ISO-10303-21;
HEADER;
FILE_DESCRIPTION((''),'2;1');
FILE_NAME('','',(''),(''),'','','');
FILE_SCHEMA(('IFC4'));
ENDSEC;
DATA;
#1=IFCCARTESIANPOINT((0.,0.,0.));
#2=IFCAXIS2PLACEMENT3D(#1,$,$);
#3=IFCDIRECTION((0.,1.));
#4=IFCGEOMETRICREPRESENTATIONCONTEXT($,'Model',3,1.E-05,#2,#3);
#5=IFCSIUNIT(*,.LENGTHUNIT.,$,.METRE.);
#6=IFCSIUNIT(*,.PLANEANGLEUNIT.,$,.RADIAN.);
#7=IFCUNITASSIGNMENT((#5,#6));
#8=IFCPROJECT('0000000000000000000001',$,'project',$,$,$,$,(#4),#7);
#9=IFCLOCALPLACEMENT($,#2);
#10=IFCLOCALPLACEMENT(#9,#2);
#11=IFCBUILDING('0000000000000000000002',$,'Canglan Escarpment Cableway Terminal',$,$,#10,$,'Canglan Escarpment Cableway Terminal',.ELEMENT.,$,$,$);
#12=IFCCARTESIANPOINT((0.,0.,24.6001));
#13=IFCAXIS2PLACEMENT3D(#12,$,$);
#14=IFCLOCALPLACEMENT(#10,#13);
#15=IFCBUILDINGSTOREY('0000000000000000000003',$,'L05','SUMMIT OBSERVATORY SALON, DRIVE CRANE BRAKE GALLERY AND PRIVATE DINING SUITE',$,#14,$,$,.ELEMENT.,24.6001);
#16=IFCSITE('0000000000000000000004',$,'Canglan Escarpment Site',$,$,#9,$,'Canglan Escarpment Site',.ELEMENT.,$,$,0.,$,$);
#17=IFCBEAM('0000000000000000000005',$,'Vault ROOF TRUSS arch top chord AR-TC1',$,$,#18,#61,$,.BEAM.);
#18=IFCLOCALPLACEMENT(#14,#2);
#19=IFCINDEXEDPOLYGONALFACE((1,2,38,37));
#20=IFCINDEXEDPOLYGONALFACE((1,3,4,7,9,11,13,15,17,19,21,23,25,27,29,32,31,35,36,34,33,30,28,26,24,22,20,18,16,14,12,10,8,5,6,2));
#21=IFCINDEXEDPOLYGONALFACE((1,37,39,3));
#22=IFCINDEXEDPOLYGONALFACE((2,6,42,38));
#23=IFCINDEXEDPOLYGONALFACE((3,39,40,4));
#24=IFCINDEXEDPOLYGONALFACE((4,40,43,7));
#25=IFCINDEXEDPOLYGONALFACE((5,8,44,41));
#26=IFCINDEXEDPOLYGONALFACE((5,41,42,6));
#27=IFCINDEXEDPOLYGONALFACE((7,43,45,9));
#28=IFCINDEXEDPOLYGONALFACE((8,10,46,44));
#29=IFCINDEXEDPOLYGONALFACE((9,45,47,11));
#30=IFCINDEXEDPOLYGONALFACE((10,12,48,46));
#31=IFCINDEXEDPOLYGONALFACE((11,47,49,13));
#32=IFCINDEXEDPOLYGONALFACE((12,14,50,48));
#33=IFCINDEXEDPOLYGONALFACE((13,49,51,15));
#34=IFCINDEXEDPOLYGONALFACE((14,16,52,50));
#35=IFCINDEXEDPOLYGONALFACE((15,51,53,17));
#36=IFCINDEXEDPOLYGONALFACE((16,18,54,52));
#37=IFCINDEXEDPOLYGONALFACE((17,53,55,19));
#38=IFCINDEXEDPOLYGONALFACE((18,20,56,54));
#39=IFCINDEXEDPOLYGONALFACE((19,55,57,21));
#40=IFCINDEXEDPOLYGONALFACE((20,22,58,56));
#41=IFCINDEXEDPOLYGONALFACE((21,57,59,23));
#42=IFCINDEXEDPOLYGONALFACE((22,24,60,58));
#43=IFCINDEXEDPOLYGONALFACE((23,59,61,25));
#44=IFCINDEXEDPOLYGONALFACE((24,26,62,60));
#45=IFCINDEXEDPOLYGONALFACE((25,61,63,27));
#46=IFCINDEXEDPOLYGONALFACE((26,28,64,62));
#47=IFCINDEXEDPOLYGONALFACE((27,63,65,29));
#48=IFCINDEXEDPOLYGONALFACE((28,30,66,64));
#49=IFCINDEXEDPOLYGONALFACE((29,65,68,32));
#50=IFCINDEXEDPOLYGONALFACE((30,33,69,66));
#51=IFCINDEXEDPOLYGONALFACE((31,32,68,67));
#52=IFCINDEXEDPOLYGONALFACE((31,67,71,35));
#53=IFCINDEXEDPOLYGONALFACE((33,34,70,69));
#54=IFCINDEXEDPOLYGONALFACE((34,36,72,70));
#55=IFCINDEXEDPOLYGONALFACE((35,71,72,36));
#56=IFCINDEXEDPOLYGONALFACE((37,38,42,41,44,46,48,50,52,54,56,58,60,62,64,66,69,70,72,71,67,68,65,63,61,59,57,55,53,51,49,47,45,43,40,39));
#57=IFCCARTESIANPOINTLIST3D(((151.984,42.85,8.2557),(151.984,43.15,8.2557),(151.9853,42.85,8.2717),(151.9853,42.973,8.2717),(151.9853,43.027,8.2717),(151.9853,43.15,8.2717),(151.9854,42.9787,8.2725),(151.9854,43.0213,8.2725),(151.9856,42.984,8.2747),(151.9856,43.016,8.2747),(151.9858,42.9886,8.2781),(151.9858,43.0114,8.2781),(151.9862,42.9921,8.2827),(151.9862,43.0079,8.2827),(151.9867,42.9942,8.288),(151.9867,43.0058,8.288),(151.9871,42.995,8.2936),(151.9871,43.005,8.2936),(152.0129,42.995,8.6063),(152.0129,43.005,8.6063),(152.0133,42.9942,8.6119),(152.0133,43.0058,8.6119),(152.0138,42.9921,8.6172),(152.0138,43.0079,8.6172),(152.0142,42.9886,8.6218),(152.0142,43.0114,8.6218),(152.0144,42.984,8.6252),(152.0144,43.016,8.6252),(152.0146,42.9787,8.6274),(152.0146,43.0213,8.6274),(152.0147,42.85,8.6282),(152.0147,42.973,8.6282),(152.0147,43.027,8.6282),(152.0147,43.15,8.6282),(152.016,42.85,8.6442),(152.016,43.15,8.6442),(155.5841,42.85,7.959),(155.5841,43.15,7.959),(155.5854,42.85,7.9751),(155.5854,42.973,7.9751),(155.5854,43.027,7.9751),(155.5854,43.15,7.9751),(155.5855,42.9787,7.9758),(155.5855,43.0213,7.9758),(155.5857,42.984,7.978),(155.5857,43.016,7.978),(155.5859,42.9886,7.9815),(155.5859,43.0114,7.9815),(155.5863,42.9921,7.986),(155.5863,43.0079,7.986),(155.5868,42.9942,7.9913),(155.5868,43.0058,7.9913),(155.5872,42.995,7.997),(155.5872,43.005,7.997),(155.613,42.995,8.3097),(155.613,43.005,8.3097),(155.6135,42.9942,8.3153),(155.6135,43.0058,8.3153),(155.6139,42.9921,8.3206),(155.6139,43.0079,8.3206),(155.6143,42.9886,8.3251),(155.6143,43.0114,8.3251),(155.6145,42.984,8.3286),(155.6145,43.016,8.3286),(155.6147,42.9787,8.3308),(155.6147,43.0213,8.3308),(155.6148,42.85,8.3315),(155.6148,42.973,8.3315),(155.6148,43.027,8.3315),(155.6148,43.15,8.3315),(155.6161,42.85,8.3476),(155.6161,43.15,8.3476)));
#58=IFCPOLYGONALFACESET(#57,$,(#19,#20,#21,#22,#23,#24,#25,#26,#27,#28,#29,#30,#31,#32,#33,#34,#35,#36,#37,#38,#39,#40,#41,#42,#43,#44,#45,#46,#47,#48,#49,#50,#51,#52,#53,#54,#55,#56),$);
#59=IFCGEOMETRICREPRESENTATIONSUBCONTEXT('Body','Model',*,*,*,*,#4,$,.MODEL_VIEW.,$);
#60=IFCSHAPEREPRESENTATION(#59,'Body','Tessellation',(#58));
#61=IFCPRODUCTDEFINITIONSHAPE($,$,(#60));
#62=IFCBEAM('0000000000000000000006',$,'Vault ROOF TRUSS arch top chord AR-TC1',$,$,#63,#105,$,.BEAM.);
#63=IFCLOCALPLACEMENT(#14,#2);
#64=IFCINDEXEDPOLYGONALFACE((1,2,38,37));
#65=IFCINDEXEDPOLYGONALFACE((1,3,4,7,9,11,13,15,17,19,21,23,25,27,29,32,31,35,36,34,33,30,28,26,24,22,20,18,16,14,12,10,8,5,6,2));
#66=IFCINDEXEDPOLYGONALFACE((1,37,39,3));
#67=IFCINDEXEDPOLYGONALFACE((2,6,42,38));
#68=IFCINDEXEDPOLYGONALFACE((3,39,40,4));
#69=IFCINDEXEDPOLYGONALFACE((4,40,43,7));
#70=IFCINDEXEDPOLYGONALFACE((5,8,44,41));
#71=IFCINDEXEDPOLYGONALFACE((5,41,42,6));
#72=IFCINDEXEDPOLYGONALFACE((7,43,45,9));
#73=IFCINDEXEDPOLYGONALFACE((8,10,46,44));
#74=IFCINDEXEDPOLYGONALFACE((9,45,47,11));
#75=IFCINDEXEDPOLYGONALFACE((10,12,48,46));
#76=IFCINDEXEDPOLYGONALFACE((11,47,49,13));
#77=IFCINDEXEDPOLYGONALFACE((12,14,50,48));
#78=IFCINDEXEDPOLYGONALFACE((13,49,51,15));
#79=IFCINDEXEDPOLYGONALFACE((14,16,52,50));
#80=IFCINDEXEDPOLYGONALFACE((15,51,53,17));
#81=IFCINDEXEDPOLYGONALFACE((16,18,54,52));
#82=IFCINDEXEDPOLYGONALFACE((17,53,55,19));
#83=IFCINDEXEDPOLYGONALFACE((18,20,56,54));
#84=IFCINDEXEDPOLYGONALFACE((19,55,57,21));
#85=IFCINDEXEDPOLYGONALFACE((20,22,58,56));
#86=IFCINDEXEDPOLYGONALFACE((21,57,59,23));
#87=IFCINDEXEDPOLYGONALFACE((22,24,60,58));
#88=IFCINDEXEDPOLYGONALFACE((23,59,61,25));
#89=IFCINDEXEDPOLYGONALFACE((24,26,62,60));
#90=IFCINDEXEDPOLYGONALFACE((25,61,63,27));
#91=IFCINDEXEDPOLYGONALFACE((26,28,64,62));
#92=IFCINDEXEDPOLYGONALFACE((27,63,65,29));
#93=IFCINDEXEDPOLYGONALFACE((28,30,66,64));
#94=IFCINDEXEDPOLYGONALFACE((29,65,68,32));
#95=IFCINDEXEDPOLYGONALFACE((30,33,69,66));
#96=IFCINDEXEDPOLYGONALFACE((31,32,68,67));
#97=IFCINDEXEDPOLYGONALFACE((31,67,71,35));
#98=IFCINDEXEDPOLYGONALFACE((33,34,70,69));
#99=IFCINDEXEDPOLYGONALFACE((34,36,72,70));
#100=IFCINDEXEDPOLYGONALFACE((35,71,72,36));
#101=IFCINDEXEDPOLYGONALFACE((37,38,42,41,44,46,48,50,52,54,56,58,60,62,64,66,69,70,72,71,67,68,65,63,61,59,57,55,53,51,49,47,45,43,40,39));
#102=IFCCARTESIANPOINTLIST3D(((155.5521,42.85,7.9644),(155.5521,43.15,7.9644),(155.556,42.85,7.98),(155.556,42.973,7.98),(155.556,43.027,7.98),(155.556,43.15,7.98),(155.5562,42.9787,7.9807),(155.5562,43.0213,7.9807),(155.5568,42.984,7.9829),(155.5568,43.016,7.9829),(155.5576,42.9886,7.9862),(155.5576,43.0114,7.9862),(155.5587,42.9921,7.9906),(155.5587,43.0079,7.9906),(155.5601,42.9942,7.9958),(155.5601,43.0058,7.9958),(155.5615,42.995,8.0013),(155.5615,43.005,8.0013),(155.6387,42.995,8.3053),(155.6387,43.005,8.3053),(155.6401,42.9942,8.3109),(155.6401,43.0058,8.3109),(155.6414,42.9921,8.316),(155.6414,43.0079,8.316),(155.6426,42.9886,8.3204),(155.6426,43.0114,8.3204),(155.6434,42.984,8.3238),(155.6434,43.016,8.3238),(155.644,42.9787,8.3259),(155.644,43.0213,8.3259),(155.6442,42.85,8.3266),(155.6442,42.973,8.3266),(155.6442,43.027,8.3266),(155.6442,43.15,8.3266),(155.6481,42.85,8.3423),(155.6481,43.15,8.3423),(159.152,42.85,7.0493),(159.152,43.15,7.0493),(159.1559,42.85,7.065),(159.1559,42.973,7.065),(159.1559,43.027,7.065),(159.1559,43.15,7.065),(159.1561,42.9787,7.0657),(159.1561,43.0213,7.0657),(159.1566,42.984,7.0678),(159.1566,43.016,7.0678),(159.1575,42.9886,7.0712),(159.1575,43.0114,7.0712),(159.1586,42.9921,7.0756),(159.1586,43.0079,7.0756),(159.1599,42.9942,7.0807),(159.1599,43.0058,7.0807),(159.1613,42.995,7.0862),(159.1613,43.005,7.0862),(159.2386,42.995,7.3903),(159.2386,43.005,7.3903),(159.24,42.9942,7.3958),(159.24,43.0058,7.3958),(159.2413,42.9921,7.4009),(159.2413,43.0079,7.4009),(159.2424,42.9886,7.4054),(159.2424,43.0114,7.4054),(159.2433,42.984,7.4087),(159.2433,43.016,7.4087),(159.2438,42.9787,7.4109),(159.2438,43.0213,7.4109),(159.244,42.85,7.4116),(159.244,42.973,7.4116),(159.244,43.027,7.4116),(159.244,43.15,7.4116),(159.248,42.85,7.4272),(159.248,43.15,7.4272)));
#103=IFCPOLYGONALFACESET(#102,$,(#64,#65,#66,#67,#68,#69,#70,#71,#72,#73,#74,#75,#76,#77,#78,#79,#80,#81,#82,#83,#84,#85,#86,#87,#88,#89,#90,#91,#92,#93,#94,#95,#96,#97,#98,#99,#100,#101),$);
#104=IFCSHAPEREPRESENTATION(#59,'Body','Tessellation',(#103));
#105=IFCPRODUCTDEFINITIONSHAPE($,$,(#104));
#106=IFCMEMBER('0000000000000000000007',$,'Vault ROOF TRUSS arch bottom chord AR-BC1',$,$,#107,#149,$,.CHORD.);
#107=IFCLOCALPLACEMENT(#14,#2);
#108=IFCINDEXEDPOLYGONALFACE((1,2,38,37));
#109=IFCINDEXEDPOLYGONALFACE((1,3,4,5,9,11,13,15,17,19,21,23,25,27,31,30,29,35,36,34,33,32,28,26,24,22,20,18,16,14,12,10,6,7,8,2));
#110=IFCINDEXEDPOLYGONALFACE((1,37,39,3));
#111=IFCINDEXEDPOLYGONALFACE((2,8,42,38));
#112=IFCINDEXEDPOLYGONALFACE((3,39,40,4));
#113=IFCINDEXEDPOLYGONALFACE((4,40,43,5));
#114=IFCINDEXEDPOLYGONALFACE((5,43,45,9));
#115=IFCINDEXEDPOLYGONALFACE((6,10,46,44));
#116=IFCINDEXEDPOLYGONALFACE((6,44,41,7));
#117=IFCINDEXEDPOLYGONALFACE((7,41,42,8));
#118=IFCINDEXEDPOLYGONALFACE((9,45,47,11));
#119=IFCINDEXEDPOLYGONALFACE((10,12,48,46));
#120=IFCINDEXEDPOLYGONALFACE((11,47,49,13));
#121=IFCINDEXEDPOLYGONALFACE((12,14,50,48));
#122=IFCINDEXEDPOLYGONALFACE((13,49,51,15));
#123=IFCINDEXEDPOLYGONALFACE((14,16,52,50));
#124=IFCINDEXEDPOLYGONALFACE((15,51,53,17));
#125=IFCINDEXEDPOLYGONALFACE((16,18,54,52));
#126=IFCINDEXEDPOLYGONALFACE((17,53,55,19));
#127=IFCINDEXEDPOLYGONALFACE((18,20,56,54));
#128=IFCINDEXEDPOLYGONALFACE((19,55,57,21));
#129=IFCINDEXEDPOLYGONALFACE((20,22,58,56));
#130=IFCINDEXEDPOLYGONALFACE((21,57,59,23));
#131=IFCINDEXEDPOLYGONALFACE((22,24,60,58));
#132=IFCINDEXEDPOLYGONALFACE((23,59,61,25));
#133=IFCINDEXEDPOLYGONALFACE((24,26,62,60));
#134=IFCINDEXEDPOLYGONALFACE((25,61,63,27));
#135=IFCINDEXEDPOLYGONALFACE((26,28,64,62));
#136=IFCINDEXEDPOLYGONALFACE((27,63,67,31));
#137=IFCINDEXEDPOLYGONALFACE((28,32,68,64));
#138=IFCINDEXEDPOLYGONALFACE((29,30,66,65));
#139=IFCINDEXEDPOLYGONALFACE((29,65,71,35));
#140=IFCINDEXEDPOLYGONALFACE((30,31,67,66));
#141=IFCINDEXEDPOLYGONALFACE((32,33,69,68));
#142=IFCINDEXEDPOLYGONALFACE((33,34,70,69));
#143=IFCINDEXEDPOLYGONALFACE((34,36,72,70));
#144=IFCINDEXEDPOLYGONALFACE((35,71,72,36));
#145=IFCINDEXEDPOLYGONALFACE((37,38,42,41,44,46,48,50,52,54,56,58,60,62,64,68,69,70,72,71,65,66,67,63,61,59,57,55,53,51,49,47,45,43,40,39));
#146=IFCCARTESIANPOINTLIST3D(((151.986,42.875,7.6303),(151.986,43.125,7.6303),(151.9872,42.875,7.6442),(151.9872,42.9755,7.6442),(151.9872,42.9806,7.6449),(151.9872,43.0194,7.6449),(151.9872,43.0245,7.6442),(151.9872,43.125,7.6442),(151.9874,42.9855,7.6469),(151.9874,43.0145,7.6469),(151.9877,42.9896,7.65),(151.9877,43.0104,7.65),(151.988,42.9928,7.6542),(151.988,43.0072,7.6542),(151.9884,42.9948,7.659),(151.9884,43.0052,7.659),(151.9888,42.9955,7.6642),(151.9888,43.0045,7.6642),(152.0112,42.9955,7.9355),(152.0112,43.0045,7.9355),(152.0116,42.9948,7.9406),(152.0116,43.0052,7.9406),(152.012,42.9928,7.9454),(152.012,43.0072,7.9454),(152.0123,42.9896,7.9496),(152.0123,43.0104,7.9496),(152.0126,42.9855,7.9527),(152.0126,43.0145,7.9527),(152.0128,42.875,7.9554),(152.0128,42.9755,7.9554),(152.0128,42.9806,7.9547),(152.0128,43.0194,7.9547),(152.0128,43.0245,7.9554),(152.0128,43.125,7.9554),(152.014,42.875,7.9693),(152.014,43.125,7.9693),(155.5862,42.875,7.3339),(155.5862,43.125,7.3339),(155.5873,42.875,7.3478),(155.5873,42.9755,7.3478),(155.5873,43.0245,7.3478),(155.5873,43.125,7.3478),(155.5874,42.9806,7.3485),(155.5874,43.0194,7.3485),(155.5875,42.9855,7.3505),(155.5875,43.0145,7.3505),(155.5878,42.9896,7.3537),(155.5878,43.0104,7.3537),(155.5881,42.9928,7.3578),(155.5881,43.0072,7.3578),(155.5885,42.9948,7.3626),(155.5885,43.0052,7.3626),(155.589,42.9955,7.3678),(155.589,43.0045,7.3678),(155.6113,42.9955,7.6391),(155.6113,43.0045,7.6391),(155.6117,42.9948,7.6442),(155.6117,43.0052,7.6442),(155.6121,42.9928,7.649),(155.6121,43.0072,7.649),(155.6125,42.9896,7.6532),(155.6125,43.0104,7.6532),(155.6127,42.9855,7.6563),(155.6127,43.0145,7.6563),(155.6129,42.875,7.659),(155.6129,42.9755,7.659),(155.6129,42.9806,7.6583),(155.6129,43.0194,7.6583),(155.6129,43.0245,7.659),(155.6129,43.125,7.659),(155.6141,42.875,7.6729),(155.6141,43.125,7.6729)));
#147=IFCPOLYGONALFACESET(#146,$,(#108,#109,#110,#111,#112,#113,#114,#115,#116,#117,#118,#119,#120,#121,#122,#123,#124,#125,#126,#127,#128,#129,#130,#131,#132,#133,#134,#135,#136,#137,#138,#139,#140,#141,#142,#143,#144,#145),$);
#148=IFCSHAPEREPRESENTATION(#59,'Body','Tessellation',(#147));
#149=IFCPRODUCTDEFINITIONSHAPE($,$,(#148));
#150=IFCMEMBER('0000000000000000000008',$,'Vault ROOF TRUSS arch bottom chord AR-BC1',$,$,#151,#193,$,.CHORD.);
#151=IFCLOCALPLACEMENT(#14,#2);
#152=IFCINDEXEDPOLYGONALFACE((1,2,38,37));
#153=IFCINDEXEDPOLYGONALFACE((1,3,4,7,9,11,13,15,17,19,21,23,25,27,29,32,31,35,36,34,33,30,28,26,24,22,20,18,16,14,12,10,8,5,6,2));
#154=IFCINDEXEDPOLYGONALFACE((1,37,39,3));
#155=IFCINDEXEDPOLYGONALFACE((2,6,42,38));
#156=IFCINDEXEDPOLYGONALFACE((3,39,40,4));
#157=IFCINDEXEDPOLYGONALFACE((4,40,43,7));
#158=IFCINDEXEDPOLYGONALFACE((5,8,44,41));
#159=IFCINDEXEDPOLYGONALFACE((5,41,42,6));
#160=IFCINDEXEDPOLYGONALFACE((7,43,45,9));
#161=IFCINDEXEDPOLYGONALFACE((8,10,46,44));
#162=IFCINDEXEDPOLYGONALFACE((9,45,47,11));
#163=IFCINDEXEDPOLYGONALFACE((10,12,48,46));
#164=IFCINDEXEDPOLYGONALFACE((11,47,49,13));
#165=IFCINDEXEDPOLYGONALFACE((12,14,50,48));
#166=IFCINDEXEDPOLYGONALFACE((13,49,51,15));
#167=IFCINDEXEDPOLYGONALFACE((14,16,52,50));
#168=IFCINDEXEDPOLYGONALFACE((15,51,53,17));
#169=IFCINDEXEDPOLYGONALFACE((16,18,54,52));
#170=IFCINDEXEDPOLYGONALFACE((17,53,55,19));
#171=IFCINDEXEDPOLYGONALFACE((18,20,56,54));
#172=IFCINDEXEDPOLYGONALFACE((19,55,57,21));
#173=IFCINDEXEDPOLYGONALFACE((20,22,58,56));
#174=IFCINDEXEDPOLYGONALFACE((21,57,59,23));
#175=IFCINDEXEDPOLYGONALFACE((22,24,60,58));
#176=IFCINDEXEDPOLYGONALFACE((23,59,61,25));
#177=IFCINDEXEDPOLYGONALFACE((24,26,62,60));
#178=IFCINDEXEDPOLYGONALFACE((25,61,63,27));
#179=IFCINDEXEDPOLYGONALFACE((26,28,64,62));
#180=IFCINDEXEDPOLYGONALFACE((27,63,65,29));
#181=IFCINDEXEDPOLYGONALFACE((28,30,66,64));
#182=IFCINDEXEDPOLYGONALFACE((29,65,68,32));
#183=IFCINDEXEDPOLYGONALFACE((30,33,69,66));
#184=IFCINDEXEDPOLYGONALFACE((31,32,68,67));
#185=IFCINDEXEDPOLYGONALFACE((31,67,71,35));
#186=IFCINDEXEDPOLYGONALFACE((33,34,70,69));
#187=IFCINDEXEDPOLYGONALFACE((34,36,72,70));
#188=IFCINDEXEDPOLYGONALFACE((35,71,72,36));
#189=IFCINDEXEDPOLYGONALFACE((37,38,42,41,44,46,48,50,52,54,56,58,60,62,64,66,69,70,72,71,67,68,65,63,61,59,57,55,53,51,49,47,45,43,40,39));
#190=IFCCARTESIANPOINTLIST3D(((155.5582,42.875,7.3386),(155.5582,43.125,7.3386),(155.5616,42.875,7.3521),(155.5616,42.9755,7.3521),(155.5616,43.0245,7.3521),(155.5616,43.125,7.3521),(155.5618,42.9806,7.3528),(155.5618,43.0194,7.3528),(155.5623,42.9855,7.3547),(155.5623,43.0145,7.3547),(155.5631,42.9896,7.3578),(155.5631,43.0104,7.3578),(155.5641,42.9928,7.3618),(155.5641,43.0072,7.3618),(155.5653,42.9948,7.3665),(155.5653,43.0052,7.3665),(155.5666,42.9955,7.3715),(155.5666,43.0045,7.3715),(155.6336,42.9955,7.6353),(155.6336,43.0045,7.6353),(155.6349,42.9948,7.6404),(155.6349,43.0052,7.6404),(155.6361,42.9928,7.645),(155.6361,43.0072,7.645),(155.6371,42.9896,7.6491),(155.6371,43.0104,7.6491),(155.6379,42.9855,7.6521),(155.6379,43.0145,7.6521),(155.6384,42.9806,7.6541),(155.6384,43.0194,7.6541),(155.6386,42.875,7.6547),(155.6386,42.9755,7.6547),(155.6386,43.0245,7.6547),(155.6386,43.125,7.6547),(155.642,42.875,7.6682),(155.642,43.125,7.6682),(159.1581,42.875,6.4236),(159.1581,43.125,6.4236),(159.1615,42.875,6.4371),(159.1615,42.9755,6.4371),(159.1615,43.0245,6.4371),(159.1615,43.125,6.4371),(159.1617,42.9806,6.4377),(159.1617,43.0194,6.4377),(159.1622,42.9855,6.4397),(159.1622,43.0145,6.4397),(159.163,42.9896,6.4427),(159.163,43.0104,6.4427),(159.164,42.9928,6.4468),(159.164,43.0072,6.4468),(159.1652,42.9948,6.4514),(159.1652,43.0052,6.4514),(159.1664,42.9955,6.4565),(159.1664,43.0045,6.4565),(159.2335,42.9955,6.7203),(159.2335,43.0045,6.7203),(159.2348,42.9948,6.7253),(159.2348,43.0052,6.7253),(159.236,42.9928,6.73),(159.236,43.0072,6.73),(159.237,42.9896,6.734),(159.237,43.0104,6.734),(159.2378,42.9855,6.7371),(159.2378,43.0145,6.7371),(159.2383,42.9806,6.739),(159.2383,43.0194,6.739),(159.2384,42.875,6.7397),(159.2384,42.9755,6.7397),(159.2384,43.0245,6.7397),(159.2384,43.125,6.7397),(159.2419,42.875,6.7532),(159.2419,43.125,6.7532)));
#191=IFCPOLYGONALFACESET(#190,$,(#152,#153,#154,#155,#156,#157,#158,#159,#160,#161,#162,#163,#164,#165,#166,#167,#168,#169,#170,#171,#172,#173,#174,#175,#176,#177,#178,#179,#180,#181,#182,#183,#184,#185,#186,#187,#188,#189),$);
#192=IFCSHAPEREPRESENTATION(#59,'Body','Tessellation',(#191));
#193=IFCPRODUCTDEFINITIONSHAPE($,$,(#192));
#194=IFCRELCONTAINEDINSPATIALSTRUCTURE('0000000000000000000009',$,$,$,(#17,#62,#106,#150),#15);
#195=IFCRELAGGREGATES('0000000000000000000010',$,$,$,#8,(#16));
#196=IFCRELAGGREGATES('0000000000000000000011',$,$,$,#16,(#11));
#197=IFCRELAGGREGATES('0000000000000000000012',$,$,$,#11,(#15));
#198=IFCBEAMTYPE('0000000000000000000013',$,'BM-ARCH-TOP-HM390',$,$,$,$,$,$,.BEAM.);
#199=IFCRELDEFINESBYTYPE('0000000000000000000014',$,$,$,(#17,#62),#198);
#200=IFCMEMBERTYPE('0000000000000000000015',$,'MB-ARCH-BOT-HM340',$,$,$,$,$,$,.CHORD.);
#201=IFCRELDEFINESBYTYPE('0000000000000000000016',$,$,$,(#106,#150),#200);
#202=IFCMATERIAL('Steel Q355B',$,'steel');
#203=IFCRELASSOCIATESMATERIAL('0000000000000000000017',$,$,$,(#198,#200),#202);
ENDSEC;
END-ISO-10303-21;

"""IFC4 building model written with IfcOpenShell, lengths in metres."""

from ifc_helpers import new_model, si_unit, direction, frame, origin, origin_2d, place, context, subcontext, project, spatial, i_section, extrude, material, material_profile, profile_set, type_object, element, save


model = new_model("IFC4")

# Units and contexts
model_context = context("Model", 3, precision=1e-05, world=origin(), true_north=direction((0.0, 1.0)))
body_context = subcontext(model_context, "Body", "Model", "MODEL_VIEW")
ifc_project = project(units=[si_unit("LENGTHUNIT", "METRE"), si_unit("PLANEANGLEUNIT", "RADIAN")], contexts=[model_context])

# Site, building, storey
site_placement = place(None, origin())
site = spatial("IfcSite", under=ifc_project, at=site_placement, Name="Canglan Escarpment Site", LongName="Canglan Escarpment Site", CompositionType="ELEMENT", RefElevation=0.0)
building_placement = place(site_placement, origin())
building = spatial("IfcBuilding", under=site, at=building_placement, Name="Canglan Escarpment Cableway Terminal", LongName="Canglan Escarpment Cableway Terminal", CompositionType="ELEMENT")
storey_placement = place(building_placement, frame((0.0, 0.0, 24.6001)))
storey = spatial("IfcBuildingStorey", under=building, at=storey_placement, Name="L05", Description="SUMMIT OBSERVATORY SALON, DRIVE CRANE BRAKE GALLERY AND PRIVATE DINING SUITE", CompositionType="ELEMENT", Elevation=24.6001)

# Beams
ifc_material_1 = material(Name="Steel Q355B", Category="steel")
ifc_material_profile_1 = material_profile(ifc_material_1, i_section(OverallWidth=0.3, OverallDepth=0.3899, WebThickness=0.01, FlangeThickness=0.0161, FilletRadius=0.022, at=origin_2d()), Name="HM 390x300x10x16")
ifc_profile_set_1 = profile_set([ifc_material_profile_1], Name="Steel Q355B")
beam_type = type_object("IfcBeamType", Name="BM-ARCH-TOP-HM390", PredefinedType="BEAM", material=ifc_profile_set_1)
beam_1_placement = place(storey_placement, frame((152.0, 43.0, 8.45), z_axis=(0.996623, 0.0, -0.082117), x_axis=(0.0, 1.0, 0.0)))
element("IfcBeam", 1, at=beam_1_placement, inside=storey, type_object=beam_type, Name="Vault ROOF TRUSS arch top chord AR-TC1", PredefinedType="BEAM", context=body_context, shape_type="SweptSolid", body=[
    extrude(i_section(OverallWidth=0.3, OverallDepth=0.3899, WebThickness=0.01, FlangeThickness=0.0161, FilletRadius=0.022, at=origin_2d()), origin(), (0.0, 0.0, 1.0), 3.6123),
])
beam_2_placement = place(storey_placement, frame((155.6001, 43.0, 8.1533), z_axis=(0.96918, 0.0, -0.246354), x_axis=(0.0, 1.0, 0.0)))
element("IfcBeam", 2, at=beam_2_placement, inside=storey, type_object=beam_type, Name="Vault ROOF TRUSS arch top chord AR-TC1", PredefinedType="BEAM", context=body_context, shape_type="SweptSolid", body=[
    extrude(i_section(OverallWidth=0.3, OverallDepth=0.3899, WebThickness=0.01, FlangeThickness=0.0161, FilletRadius=0.022, at=origin_2d()), origin(), (0.0, 0.0, 1.0), 3.7144),
])

# Members
ifc_material_profile_2 = material_profile(ifc_material_1, i_section(OverallWidth=0.25, OverallDepth=0.3401, WebThickness=0.009, FlangeThickness=0.0139, FilletRadius=0.02, at=origin_2d()), Name="HM 340x250x9x14")
ifc_profile_set_2 = profile_set([ifc_material_profile_2], Name="Steel Q355B")
member_type_1 = type_object("IfcMemberType", Name="MB-ARCH-BOT-HM340", PredefinedType="CHORD", material=ifc_profile_set_2)
member_1_placement = place(storey_placement, frame((152.0, 43.0, 7.7998), z_axis=(0.996628, 0.0, -0.08205), x_axis=(0.0, 1.0, 0.0)))
element("IfcMember", 3, at=member_1_placement, inside=storey, type_object=member_type_1, Name="Vault ROOF TRUSS arch bottom chord AR-BC1", PredefinedType="CHORD", context=body_context, shape_type="SweptSolid", body=[
    extrude(i_section(OverallWidth=0.25, OverallDepth=0.3401, WebThickness=0.009, FlangeThickness=0.0139, FilletRadius=0.02, at=origin_2d()), origin(), (0.0, 0.0, 1.0), 3.6123),
])
member_2_placement = place(storey_placement, frame((155.6001, 43.0, 7.5034), z_axis=(0.96918, 0.0, -0.246354), x_axis=(0.0, 1.0, 0.0)))
element("IfcMember", 4, at=member_2_placement, inside=storey, type_object=member_type_1, Name="Vault ROOF TRUSS arch bottom chord AR-BC1", PredefinedType="CHORD", context=body_context, shape_type="SweptSolid", body=[
    extrude(i_section(OverallWidth=0.25, OverallDepth=0.3401, WebThickness=0.009, FlangeThickness=0.0139, FilletRadius=0.02, at=origin_2d()), origin(), (0.0, 0.0, 1.0), 3.7144),
])

save(model, "model.ifc")
